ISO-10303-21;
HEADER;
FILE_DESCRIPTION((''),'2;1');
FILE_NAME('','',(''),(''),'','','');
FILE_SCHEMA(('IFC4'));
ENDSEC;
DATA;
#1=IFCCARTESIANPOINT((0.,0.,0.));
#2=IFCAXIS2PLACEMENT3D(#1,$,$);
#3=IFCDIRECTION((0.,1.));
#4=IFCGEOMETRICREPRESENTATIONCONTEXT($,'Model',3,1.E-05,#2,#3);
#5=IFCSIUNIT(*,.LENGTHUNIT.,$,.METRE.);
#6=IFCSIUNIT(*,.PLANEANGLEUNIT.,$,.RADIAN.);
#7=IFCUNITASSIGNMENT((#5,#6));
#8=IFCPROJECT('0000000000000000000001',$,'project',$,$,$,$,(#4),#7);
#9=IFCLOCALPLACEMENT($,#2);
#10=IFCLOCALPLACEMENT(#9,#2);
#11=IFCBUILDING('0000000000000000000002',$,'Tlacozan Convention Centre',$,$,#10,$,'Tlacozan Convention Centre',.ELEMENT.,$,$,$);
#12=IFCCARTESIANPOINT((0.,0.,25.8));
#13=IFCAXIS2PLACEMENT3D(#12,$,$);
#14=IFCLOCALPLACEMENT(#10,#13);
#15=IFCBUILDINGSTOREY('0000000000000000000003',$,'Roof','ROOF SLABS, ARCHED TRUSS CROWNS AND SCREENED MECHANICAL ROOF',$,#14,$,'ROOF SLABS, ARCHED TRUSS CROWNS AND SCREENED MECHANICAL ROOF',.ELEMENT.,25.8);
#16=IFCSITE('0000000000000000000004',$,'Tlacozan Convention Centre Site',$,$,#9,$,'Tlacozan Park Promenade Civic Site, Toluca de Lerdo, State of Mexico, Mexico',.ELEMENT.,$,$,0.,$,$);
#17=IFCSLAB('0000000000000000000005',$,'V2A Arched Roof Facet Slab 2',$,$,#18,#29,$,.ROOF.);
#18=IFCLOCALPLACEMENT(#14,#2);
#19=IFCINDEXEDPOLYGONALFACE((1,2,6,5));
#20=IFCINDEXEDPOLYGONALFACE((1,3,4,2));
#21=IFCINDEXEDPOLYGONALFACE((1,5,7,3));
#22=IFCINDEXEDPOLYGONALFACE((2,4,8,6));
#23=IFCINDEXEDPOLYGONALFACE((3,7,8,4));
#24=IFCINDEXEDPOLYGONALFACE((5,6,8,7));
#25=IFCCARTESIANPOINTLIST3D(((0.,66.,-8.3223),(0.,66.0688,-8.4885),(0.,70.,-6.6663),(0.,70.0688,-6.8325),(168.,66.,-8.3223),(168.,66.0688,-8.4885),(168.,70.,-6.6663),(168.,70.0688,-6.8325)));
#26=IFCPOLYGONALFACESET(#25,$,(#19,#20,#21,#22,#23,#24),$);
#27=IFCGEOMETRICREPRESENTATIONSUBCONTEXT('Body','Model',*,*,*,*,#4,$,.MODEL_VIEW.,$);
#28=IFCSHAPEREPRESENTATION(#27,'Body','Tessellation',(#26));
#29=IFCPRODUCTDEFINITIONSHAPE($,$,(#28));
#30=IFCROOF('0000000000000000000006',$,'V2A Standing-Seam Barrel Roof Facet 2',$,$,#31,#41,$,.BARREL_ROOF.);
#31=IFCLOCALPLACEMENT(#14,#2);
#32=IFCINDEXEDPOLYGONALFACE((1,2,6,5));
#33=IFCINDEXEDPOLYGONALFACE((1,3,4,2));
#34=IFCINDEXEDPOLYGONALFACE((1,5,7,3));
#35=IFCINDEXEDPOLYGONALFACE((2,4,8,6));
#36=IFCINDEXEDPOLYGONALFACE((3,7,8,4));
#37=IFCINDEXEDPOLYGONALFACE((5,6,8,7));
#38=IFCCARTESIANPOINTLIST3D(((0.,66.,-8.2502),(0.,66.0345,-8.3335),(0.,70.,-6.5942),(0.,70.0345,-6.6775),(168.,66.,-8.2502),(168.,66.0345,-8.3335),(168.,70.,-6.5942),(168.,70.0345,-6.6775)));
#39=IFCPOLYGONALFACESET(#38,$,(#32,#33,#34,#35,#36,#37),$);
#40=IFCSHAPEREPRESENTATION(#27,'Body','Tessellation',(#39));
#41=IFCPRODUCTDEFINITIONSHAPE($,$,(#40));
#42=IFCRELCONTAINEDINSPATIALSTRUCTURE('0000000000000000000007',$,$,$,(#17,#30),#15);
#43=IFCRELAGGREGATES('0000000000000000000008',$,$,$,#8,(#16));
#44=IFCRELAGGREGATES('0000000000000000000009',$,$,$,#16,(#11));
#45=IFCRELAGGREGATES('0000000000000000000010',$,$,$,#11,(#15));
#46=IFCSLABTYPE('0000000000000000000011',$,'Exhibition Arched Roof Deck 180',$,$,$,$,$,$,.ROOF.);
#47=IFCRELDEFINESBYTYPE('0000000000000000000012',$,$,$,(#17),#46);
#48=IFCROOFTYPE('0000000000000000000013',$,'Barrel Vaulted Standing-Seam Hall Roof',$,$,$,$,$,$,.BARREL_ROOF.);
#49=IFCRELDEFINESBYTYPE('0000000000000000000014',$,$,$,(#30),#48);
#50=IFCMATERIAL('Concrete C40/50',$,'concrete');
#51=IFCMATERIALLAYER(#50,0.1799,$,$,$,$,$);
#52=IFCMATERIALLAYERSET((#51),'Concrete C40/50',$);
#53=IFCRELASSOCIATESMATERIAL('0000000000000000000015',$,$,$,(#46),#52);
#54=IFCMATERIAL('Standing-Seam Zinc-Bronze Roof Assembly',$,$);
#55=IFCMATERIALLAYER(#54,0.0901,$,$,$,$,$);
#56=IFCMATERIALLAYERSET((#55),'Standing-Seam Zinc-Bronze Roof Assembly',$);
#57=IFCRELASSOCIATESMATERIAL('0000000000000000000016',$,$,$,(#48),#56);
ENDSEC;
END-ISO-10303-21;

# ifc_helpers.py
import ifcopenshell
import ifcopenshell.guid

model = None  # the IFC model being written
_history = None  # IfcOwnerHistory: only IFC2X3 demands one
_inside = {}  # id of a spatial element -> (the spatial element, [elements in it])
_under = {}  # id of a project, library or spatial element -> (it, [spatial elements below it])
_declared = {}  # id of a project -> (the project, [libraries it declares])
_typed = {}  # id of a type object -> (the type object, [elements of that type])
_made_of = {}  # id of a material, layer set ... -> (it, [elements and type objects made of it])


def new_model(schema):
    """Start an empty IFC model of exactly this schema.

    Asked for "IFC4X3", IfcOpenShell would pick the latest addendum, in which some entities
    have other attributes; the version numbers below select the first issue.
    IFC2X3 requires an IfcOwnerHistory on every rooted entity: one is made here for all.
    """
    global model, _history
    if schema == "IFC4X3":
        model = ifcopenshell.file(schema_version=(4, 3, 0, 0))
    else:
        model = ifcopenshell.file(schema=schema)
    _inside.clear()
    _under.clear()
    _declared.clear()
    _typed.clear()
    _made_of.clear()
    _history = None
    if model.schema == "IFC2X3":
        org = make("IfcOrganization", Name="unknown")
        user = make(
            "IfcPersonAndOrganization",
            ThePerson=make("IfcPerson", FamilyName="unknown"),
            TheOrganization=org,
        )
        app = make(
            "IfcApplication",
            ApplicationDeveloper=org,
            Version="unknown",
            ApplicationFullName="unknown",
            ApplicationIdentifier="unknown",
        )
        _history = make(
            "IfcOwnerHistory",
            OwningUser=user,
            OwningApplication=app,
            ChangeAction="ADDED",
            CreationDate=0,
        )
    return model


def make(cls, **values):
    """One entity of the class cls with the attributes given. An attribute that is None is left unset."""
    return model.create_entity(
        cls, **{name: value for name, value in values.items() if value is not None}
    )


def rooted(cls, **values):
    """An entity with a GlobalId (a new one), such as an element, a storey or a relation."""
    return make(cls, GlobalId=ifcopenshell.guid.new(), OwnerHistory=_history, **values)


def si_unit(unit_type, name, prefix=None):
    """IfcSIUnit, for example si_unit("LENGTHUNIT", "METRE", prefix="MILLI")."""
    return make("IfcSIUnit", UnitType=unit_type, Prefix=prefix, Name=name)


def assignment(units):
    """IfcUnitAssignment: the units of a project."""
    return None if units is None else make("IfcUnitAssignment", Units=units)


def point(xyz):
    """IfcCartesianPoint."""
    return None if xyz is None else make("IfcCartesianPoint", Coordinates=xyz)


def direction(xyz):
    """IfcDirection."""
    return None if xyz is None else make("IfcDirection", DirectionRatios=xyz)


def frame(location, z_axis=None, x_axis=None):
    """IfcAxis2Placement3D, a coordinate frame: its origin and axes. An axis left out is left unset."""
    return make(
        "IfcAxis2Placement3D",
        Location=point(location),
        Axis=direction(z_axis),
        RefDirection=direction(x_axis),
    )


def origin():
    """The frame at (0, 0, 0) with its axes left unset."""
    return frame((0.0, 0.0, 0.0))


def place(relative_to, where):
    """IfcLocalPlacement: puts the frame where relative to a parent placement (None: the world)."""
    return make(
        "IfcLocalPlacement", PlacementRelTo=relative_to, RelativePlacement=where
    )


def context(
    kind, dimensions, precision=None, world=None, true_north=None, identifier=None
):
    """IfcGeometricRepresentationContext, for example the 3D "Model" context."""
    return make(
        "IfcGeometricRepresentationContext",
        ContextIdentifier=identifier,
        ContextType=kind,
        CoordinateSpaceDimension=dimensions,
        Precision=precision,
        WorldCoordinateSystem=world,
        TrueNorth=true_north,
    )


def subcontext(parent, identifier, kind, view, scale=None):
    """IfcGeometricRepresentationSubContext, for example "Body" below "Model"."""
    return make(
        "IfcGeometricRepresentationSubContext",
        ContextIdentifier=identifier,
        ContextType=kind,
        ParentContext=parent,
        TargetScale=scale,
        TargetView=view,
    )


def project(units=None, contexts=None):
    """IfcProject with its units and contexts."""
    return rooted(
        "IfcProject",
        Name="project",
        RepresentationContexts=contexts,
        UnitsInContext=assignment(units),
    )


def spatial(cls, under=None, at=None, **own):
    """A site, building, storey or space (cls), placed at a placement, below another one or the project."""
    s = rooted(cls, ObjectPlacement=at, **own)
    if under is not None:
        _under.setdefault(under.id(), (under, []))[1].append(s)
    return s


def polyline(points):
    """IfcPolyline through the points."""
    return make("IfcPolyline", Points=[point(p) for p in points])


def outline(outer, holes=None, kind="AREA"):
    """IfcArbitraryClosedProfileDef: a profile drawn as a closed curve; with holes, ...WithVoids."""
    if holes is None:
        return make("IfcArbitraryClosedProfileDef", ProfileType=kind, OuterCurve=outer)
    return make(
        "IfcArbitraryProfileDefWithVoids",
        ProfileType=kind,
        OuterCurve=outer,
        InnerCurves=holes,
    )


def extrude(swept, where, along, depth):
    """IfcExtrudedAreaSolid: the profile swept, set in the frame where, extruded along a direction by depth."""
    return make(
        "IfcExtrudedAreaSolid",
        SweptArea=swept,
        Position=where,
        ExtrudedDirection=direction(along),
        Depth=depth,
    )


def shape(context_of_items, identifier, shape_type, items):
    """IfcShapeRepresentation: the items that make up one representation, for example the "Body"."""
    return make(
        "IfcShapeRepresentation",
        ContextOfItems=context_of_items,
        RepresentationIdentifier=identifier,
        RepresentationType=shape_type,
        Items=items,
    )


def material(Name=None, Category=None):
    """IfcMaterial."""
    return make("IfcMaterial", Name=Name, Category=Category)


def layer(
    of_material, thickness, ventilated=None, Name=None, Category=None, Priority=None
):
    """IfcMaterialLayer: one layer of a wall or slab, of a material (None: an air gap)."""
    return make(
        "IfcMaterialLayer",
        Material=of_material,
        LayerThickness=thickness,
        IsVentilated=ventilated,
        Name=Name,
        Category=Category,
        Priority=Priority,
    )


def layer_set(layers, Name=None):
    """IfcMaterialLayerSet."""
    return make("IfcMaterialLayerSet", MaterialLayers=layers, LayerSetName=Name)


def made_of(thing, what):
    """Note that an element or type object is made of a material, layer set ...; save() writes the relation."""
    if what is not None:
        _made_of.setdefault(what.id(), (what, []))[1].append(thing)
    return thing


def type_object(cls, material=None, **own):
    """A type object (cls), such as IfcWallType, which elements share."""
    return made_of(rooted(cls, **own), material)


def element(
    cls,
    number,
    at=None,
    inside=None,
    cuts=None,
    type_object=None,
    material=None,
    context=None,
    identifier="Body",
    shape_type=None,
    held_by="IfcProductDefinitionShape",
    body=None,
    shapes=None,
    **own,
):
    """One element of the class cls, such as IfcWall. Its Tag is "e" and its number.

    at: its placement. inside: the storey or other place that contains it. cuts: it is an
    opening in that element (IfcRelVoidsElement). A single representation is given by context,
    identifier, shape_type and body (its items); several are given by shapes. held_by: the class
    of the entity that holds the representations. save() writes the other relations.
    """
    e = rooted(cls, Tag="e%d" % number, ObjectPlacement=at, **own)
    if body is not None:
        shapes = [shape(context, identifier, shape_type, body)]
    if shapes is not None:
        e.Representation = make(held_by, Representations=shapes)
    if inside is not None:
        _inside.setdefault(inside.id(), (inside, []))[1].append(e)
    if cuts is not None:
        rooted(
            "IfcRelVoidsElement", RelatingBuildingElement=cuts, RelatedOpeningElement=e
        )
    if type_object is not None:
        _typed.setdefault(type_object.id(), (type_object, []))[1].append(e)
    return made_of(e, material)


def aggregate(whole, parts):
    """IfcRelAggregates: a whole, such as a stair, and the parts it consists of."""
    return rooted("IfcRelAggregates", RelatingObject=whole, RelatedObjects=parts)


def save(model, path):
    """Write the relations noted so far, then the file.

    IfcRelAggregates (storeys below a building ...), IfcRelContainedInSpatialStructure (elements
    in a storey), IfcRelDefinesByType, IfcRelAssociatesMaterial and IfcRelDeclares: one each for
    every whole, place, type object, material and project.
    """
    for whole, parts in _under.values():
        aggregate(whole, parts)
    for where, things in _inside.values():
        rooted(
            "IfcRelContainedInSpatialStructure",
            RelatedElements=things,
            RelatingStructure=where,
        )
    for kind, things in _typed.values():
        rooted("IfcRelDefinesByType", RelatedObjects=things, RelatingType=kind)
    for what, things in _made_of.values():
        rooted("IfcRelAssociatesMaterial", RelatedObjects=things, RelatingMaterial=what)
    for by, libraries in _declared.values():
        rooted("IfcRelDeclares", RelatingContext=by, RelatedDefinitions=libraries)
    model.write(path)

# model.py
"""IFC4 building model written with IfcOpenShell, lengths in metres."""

from ifc_helpers import new_model, si_unit, direction, frame, origin, place, context, subcontext, project, spatial, polyline, outline, extrude, material, layer, layer_set, type_object, element, save


model = new_model("IFC4")

# Units and contexts
model_context = context("Model", 3, precision=1e-05, world=origin(), true_north=direction((0.0, 1.0)))
body_context = subcontext(model_context, "Body", "Model", "MODEL_VIEW")
ifc_project = project(units=[si_unit("LENGTHUNIT", "METRE"), si_unit("PLANEANGLEUNIT", "RADIAN")], contexts=[model_context])

# Site, building, storey
site_placement = place(None, origin())
site = spatial("IfcSite", under=ifc_project, at=site_placement, Name="Tlacozan Convention Centre Site", LongName="Tlacozan Park Promenade Civic Site, Toluca de Lerdo, State of Mexico, Mexico", CompositionType="ELEMENT", RefElevation=0.0)
building_placement = place(site_placement, origin())
building = spatial("IfcBuilding", under=site, at=building_placement, Name="Tlacozan Convention Centre", LongName="Tlacozan Convention Centre", CompositionType="ELEMENT")
storey_placement = place(building_placement, frame((0.0, 0.0, 25.8)))
storey = spatial("IfcBuildingStorey", under=building, at=storey_placement, Name="Roof", Description="ROOF SLABS, ARCHED TRUSS CROWNS AND SCREENED MECHANICAL ROOF", LongName="ROOF SLABS, ARCHED TRUSS CROWNS AND SCREENED MECHANICAL ROOF", CompositionType="ELEMENT", Elevation=25.8)

# Slab
ifc_material_1 = material(Name="Concrete C40/50", Category="concrete")
ifc_layer_1 = layer(ifc_material_1, 0.1799)
ifc_layer_set_1 = layer_set([ifc_layer_1], Name="Concrete C40/50")
slab_type = type_object("IfcSlabType", Name="Exhibition Arched Roof Deck 180", PredefinedType="ROOF", material=ifc_layer_set_1)
slab_placement = place(storey_placement, frame((0.0, 66.0, -8.3223), z_axis=(0.0, -0.382516, 0.923949), x_axis=(1.0, 0.0, 0.0)))
element("IfcSlab", 1, at=slab_placement, inside=storey, type_object=slab_type, Name="V2A Arched Roof Facet Slab 2", PredefinedType="ROOF", context=body_context, shape_type="SweptSolid", body=[
    extrude(outline(polyline([(0.0, 0.0), (168.0, 0.0), (168.0, 4.3292), (0.0, 4.3292), (0.0, 0.0)])), origin(), (0.0, 0.0, -1.0), 0.1799),
])

# Roof
ifc_material_2 = material(Name="Standing-Seam Zinc-Bronze Roof Assembly")
ifc_layer_2 = layer(ifc_material_2, 0.0901)
ifc_layer_set_2 = layer_set([ifc_layer_2], Name="Standing-Seam Zinc-Bronze Roof Assembly")
roof_type = type_object("IfcRoofType", Name="Barrel Vaulted Standing-Seam Hall Roof", PredefinedType="BARREL_ROOF", material=ifc_layer_set_2)
roof_placement = place(storey_placement, frame((0.0, 66.0, -8.2502), z_axis=(0.0, -0.382516, 0.923949), x_axis=(1.0, 0.0, 0.0)))
element("IfcRoof", 2, at=roof_placement, inside=storey, type_object=roof_type, Name="V2A Standing-Seam Barrel Roof Facet 2", PredefinedType="BARREL_ROOF", context=body_context, shape_type="SweptSolid", body=[
    extrude(outline(polyline([(0.0, 0.0), (168.0, 0.0), (168.0, 4.3292), (0.0, 4.3292), (0.0, 0.0)])), origin(), (0.0, 0.0, -1.0), 0.0901),
])

save(model, "model.ifc")
